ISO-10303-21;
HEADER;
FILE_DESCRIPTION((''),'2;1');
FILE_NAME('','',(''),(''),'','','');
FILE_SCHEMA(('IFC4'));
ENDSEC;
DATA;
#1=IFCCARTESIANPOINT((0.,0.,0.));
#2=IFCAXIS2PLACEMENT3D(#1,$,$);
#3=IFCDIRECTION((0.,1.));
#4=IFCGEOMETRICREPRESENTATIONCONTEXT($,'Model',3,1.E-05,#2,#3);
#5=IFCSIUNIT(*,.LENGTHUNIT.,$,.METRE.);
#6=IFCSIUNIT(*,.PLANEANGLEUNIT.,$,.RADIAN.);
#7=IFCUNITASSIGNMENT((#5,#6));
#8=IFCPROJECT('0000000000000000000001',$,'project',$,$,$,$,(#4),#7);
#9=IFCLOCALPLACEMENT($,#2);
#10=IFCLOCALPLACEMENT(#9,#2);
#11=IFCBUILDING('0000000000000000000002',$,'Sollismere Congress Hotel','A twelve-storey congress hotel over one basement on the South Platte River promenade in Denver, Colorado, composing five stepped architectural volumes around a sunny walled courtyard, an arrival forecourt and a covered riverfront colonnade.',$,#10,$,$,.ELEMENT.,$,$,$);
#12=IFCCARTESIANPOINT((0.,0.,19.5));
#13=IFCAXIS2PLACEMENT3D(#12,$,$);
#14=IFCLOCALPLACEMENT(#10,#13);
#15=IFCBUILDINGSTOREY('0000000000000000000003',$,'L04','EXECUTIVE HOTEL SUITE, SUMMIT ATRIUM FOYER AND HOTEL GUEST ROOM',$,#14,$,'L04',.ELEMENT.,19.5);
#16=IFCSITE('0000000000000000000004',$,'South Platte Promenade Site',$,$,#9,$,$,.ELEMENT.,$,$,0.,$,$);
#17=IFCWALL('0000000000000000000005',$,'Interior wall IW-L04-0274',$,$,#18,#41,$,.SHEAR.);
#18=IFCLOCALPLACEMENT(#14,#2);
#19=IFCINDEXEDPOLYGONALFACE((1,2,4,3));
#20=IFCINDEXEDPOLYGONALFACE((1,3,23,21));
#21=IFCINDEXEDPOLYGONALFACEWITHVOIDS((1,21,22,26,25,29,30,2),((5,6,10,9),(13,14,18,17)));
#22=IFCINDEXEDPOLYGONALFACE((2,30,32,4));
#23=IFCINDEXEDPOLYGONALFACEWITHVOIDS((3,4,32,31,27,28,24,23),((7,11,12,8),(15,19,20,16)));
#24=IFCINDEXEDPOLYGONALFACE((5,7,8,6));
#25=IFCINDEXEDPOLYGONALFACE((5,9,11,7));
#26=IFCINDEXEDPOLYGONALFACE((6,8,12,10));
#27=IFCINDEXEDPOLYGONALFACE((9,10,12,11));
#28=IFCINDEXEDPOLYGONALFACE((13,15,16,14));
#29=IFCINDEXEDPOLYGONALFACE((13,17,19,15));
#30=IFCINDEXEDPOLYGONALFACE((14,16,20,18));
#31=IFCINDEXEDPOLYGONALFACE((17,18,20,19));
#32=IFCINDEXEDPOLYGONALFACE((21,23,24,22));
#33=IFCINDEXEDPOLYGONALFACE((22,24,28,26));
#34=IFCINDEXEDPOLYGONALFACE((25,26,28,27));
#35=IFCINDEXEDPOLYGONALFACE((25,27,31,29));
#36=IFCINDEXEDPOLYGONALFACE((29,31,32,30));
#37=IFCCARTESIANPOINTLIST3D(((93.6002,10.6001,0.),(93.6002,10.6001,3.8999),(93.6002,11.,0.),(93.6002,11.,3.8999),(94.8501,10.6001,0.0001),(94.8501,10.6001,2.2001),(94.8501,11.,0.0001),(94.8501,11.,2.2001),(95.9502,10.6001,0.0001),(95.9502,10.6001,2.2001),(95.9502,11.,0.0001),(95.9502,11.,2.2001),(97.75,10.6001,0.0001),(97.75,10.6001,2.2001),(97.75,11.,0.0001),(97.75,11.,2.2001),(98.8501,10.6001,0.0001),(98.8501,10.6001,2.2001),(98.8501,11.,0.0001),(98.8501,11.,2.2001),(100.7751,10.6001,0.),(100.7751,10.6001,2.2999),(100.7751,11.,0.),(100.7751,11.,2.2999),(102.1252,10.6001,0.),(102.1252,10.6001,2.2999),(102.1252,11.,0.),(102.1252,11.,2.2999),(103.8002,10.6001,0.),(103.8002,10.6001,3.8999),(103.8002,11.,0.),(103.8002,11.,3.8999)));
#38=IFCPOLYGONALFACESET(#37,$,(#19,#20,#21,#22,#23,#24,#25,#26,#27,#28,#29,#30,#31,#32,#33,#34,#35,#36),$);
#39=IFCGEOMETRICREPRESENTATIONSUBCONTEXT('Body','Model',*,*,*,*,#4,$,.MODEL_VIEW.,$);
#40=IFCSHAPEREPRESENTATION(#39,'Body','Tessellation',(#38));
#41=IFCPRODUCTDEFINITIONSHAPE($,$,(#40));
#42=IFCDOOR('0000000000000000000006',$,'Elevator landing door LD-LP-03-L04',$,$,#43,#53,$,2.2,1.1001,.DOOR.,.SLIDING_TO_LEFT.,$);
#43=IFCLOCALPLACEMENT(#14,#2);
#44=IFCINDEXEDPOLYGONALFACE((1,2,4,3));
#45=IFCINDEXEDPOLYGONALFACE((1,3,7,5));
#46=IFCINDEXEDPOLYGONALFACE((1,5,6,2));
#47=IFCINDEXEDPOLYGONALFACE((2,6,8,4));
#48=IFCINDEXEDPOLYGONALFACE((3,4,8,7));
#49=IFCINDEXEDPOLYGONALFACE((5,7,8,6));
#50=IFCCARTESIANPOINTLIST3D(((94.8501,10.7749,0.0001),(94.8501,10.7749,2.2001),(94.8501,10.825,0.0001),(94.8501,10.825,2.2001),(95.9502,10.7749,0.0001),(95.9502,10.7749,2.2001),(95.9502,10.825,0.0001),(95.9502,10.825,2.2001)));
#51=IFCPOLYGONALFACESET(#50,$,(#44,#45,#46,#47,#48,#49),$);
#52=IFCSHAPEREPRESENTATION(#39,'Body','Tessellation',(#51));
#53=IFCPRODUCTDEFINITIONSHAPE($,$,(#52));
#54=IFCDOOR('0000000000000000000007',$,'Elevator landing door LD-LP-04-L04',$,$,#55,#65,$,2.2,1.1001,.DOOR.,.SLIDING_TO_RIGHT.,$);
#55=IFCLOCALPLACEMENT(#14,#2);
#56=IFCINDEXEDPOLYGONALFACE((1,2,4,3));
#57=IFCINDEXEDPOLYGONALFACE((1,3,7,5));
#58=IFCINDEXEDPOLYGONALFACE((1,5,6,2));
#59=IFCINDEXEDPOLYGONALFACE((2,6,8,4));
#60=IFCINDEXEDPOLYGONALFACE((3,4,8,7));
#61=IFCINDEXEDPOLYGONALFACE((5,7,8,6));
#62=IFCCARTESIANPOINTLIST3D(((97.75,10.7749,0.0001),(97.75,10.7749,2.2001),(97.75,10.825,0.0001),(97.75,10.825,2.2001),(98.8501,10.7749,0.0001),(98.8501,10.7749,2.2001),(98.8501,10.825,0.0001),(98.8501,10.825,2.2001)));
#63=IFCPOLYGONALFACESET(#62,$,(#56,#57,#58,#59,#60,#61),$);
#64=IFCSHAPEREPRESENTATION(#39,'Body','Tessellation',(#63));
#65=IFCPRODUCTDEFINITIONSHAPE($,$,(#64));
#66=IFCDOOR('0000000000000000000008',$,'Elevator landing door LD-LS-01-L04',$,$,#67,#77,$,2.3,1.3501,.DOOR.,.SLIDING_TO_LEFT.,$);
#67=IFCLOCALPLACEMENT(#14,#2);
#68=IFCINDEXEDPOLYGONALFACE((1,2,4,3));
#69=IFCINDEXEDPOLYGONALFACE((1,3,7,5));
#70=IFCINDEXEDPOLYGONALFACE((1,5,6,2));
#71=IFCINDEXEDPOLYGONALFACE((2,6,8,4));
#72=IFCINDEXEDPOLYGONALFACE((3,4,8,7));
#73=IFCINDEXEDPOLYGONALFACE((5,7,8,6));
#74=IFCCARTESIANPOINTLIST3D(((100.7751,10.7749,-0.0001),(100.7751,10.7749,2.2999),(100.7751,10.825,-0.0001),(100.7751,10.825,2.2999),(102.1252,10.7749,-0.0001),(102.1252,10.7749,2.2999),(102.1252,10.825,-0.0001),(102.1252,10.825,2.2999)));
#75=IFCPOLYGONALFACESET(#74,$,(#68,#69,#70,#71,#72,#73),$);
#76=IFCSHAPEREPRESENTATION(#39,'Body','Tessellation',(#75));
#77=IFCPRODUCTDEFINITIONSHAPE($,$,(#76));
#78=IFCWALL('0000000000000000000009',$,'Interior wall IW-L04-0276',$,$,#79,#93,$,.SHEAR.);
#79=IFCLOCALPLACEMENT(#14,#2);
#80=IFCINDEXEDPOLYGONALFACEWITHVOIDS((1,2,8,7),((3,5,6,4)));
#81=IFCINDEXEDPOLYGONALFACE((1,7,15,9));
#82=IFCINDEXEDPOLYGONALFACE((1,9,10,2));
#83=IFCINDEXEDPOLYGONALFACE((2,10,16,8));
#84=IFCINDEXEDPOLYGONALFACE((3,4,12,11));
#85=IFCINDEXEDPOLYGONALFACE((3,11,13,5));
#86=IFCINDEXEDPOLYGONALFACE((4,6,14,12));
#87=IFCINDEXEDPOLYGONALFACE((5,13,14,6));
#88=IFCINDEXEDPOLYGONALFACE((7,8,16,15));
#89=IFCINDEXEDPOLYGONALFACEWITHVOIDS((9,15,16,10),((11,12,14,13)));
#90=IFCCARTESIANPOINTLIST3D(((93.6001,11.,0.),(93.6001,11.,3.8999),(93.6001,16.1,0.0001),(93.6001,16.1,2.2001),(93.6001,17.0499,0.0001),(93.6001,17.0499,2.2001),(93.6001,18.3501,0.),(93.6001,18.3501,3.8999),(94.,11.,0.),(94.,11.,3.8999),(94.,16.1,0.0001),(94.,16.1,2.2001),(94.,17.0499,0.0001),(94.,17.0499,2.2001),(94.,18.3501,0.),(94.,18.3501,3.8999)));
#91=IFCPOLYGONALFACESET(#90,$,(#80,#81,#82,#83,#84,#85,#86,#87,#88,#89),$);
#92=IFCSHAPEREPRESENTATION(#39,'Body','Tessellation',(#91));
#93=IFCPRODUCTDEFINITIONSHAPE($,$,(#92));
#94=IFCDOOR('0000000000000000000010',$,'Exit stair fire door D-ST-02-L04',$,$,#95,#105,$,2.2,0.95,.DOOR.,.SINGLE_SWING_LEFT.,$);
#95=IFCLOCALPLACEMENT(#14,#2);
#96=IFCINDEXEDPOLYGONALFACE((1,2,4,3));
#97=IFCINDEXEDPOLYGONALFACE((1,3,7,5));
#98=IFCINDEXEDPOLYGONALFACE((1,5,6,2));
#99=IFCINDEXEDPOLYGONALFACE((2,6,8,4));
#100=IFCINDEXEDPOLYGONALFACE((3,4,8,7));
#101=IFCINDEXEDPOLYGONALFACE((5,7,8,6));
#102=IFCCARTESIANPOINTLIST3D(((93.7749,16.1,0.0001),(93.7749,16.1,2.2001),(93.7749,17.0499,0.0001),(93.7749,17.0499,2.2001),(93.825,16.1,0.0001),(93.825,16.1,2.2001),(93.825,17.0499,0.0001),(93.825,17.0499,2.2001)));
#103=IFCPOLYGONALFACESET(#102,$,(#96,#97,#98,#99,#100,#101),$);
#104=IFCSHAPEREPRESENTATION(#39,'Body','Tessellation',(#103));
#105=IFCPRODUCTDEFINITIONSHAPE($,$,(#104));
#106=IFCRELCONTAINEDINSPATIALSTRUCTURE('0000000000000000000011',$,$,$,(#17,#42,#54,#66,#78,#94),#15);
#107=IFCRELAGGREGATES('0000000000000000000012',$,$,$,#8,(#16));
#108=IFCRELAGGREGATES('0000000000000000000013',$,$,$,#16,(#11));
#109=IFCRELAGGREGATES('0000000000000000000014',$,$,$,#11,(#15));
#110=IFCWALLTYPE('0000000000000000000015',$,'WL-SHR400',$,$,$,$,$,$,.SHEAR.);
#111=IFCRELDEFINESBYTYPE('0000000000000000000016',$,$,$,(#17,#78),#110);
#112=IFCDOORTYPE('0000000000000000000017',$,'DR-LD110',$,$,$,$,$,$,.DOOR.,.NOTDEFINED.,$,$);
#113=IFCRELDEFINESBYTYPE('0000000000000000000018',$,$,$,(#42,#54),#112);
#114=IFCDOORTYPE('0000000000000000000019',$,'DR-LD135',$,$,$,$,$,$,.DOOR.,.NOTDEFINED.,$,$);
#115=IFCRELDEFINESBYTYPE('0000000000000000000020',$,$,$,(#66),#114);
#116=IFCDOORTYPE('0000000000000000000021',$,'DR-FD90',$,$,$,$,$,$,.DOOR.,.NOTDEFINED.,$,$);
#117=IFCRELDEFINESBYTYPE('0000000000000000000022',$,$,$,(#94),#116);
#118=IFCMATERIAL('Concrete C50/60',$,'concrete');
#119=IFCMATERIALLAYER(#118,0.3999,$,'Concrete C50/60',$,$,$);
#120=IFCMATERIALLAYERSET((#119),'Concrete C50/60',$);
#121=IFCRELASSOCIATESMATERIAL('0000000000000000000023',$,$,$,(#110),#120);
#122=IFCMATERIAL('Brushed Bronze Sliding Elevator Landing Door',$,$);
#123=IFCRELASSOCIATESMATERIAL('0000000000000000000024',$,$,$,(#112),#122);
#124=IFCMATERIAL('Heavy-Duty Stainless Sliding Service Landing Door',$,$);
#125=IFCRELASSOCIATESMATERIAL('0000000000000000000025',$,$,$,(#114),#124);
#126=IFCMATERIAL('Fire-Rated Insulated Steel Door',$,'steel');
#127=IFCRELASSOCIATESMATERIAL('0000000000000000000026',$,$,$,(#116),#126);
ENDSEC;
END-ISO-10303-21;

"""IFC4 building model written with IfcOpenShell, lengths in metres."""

from ifc_helpers import new_model, si_unit, direction, frame, frame_2d, origin, place, context, subcontext, project, spatial, rectangle, extrude, material, layer, layer_set, type_object, element, fill, save


model = new_model("IFC4")

# Units and contexts
model_context = context("Model", 3, precision=1e-05, world=origin(), true_north=direction((0.0, 1.0)))
body_context = subcontext(model_context, "Body", "Model", "MODEL_VIEW")
ifc_project = project(units=[si_unit("LENGTHUNIT", "METRE"), si_unit("PLANEANGLEUNIT", "RADIAN")], contexts=[model_context])

# Site, building, storey
site_placement = place(None, origin())
site = spatial("IfcSite", under=ifc_project, at=site_placement, Name="South Platte Promenade Site", CompositionType="ELEMENT", RefElevation=0.0)
building_placement = place(site_placement, origin())
building = spatial("IfcBuilding", under=site, at=building_placement, Name="Sollismere Congress Hotel", Description="A twelve-storey congress hotel over one basement on the South Platte River promenade in Denver, Colorado, composing five stepped architectural volumes around a sunny walled courtyard, an arrival forecourt and a covered riverfront colonnade.", CompositionType="ELEMENT")
storey_placement = place(building_placement, frame((0.0, 0.0, 19.5)))
storey = spatial("IfcBuildingStorey", under=building, at=storey_placement, Name="L04", Description="EXECUTIVE HOTEL SUITE, SUMMIT ATRIUM FOYER AND HOTEL GUEST ROOM", LongName="L04", CompositionType="ELEMENT", Elevation=19.5)

# Shared definitions
ifc_material_1 = material(Name="Concrete C50/60", Category="concrete")

# Wall, openings, doors
ifc_layer_1 = layer(ifc_material_1, 0.3999, Name="Concrete C50/60")
ifc_layer_set_1 = layer_set([ifc_layer_1], Name="Concrete C50/60")
wall_type_1 = type_object("IfcWallType", Name="WL-SHR400", PredefinedType="SHEAR", material=ifc_layer_set_1)
wall_1_placement = place(storey_placement, frame((93.6001, 10.8, 0.0), z_axis=(0.0, 0.0, 1.0), x_axis=(1.0, 0.0, 0.0)))
wall_1 = element("IfcWall", 1, at=wall_1_placement, inside=storey, type_object=wall_type_1, Name="Interior wall IW-L04-0274", PredefinedType="SHEAR", context=body_context, shape_type="SweptSolid", body=[
    extrude(rectangle(XDim=10.2, YDim=0.3999, at=frame_2d((5.1001, 0.0))), origin(), (0.0, 0.0, 1.0), 3.8999),
])
opening_1_placement = place(wall_1_placement, frame((1.25, 0.0, 0.0)))
opening_1 = element("IfcOpeningElement", 2, at=opening_1_placement, cuts=wall_1, PredefinedType="OPENING", context=body_context, shape_type="SweptSolid", body=[
    extrude(rectangle(XDim=1.1001, YDim=2.2, at=frame_2d((0.55, 1.1001))), frame((0.0, 0.21, 0.0), z_axis=(0.0, -1.0, 0.0), x_axis=(1.0, 0.0, 0.0)), (0.0, 0.0, 1.0), 0.4199),
])
opening_2_placement = place(wall_1_placement, frame((4.1499, 0.0, 0.0)))
opening_2 = element("IfcOpeningElement", 3, at=opening_2_placement, cuts=wall_1, PredefinedType="OPENING", context=body_context, shape_type="SweptSolid", body=[
    extrude(rectangle(XDim=1.1001, YDim=2.2, at=frame_2d((0.55, 1.1001))), frame((0.0, 0.21, 0.0), z_axis=(0.0, -1.0, 0.0), x_axis=(1.0, 0.0, 0.0)), (0.0, 0.0, 1.0), 0.4199),
])
opening_3_placement = place(wall_1_placement, frame((7.175, 0.0, 0.0)))
opening_3 = element("IfcOpeningElement", 4, at=opening_3_placement, cuts=wall_1, PredefinedType="OPENING", context=body_context, shape_type="SweptSolid", body=[
    extrude(rectangle(XDim=1.3501, YDim=2.3, at=frame_2d((0.675, 1.1499))), frame((0.0, 0.21, 0.0), z_axis=(0.0, -1.0, 0.0), x_axis=(1.0, 0.0, 0.0)), (0.0, 0.0, 1.0), 0.4199),
])
ifc_material_2 = material(Name="Brushed Bronze Sliding Elevator Landing Door")
door_type_1 = type_object("IfcDoorType", Name="DR-LD110", OperationType="NOTDEFINED", PredefinedType="DOOR", material=ifc_material_2)
door_1_placement = place(opening_1_placement, origin())
door_1 = element("IfcDoor", 5, at=door_1_placement, inside=storey, type_object=door_type_1, Name="Elevator landing door LD-LP-03-L04", OperationType="SLIDING_TO_LEFT", OverallHeight=2.2, OverallWidth=1.1001, PredefinedType="DOOR", context=body_context, shape_type="SweptSolid", body=[
    extrude(rectangle(XDim=1.1001, YDim=2.2, at=frame_2d((0.55, 1.1001))), frame((0.0, 0.0249, 0.0), z_axis=(0.0, -1.0, 0.0), x_axis=(1.0, 0.0, 0.0)), (0.0, 0.0, 1.0), 0.05),
])
fill(opening_1, door_1)
door_2_placement = place(opening_2_placement, origin())
door_2 = element("IfcDoor", 6, at=door_2_placement, inside=storey, type_object=door_type_1, Name="Elevator landing door LD-LP-04-L04", OperationType="SLIDING_TO_RIGHT", OverallHeight=2.2, OverallWidth=1.1001, PredefinedType="DOOR", context=body_context, shape_type="SweptSolid", body=[
    extrude(rectangle(XDim=1.1001, YDim=2.2, at=frame_2d((0.55, 1.1001))), frame((0.0, 0.0249, 0.0), z_axis=(0.0, -1.0, 0.0), x_axis=(1.0, 0.0, 0.0)), (0.0, 0.0, 1.0), 0.05),
])
fill(opening_2, door_2)
ifc_material_3 = material(Name="Heavy-Duty Stainless Sliding Service Landing Door")
door_type_2 = type_object("IfcDoorType", Name="DR-LD135", OperationType="NOTDEFINED", PredefinedType="DOOR", material=ifc_material_3)
door_3_placement = place(opening_3_placement, origin())
door_3 = element("IfcDoor", 7, at=door_3_placement, inside=storey, type_object=door_type_2, Name="Elevator landing door LD-LS-01-L04", OperationType="SLIDING_TO_LEFT", OverallHeight=2.3, OverallWidth=1.3501, PredefinedType="DOOR", context=body_context, shape_type="SweptSolid", body=[
    extrude(rectangle(XDim=1.3501, YDim=2.3, at=frame_2d((0.675, 1.1499))), frame((0.0, 0.0249, 0.0), z_axis=(0.0, -1.0, 0.0), x_axis=(1.0, 0.0, 0.0)), (0.0, 0.0, 1.0), 0.05),
])
fill(opening_3, door_3)

# Wall, opening, door
wall_2_placement = place(storey_placement, frame((93.8, 18.3501, 0.0), z_axis=(0.0, 0.0, 1.0), x_axis=(0.0, -1.0, 0.0)))
wall_2 = element("IfcWall", 8, at=wall_2_placement, inside=storey, type_object=wall_type_1, Name="Interior wall IW-L04-0276", PredefinedType="SHEAR", context=body_context, shape_type="SweptSolid", body=[
    extrude(rectangle(XDim=7.3501, YDim=0.3999, at=frame_2d((3.675, 0.0))), origin(), (0.0, 0.0, 1.0), 3.8999),
])
opening_4_placement = place(wall_2_placement, frame((1.3, 0.0, 0.0)))
opening_4 = element("IfcOpeningElement", 9, at=opening_4_placement, cuts=wall_2, PredefinedType="OPENING", context=body_context, shape_type="SweptSolid", body=[
    extrude(rectangle(XDim=0.95, YDim=2.2, at=frame_2d((0.4751, 1.1001))), frame((0.0, 0.21, 0.0), z_axis=(0.0, -1.0, 0.0), x_axis=(1.0, 0.0, 0.0)), (0.0, 0.0, 1.0), 0.4199),
])
ifc_material_4 = material(Name="Fire-Rated Insulated Steel Door", Category="steel")
door_type_3 = type_object("IfcDoorType", Name="DR-FD90", OperationType="NOTDEFINED", PredefinedType="DOOR", material=ifc_material_4)
door_4_placement = place(opening_4_placement, origin())
door_4 = element("IfcDoor", 10, at=door_4_placement, inside=storey, type_object=door_type_3, Name="Exit stair fire door D-ST-02-L04", OperationType="SINGLE_SWING_LEFT", OverallHeight=2.2, OverallWidth=0.95, PredefinedType="DOOR", context=body_context, shape_type="SweptSolid", body=[
    extrude(rectangle(XDim=0.95, YDim=2.2, at=frame_2d((0.4751, 1.1001))), frame((0.0, 0.0249, 0.0), z_axis=(0.0, -1.0, 0.0), x_axis=(1.0, 0.0, 0.0)), (0.0, 0.0, 1.0), 0.05),
])
fill(opening_4, door_4)

save(model, "model.ifc")
